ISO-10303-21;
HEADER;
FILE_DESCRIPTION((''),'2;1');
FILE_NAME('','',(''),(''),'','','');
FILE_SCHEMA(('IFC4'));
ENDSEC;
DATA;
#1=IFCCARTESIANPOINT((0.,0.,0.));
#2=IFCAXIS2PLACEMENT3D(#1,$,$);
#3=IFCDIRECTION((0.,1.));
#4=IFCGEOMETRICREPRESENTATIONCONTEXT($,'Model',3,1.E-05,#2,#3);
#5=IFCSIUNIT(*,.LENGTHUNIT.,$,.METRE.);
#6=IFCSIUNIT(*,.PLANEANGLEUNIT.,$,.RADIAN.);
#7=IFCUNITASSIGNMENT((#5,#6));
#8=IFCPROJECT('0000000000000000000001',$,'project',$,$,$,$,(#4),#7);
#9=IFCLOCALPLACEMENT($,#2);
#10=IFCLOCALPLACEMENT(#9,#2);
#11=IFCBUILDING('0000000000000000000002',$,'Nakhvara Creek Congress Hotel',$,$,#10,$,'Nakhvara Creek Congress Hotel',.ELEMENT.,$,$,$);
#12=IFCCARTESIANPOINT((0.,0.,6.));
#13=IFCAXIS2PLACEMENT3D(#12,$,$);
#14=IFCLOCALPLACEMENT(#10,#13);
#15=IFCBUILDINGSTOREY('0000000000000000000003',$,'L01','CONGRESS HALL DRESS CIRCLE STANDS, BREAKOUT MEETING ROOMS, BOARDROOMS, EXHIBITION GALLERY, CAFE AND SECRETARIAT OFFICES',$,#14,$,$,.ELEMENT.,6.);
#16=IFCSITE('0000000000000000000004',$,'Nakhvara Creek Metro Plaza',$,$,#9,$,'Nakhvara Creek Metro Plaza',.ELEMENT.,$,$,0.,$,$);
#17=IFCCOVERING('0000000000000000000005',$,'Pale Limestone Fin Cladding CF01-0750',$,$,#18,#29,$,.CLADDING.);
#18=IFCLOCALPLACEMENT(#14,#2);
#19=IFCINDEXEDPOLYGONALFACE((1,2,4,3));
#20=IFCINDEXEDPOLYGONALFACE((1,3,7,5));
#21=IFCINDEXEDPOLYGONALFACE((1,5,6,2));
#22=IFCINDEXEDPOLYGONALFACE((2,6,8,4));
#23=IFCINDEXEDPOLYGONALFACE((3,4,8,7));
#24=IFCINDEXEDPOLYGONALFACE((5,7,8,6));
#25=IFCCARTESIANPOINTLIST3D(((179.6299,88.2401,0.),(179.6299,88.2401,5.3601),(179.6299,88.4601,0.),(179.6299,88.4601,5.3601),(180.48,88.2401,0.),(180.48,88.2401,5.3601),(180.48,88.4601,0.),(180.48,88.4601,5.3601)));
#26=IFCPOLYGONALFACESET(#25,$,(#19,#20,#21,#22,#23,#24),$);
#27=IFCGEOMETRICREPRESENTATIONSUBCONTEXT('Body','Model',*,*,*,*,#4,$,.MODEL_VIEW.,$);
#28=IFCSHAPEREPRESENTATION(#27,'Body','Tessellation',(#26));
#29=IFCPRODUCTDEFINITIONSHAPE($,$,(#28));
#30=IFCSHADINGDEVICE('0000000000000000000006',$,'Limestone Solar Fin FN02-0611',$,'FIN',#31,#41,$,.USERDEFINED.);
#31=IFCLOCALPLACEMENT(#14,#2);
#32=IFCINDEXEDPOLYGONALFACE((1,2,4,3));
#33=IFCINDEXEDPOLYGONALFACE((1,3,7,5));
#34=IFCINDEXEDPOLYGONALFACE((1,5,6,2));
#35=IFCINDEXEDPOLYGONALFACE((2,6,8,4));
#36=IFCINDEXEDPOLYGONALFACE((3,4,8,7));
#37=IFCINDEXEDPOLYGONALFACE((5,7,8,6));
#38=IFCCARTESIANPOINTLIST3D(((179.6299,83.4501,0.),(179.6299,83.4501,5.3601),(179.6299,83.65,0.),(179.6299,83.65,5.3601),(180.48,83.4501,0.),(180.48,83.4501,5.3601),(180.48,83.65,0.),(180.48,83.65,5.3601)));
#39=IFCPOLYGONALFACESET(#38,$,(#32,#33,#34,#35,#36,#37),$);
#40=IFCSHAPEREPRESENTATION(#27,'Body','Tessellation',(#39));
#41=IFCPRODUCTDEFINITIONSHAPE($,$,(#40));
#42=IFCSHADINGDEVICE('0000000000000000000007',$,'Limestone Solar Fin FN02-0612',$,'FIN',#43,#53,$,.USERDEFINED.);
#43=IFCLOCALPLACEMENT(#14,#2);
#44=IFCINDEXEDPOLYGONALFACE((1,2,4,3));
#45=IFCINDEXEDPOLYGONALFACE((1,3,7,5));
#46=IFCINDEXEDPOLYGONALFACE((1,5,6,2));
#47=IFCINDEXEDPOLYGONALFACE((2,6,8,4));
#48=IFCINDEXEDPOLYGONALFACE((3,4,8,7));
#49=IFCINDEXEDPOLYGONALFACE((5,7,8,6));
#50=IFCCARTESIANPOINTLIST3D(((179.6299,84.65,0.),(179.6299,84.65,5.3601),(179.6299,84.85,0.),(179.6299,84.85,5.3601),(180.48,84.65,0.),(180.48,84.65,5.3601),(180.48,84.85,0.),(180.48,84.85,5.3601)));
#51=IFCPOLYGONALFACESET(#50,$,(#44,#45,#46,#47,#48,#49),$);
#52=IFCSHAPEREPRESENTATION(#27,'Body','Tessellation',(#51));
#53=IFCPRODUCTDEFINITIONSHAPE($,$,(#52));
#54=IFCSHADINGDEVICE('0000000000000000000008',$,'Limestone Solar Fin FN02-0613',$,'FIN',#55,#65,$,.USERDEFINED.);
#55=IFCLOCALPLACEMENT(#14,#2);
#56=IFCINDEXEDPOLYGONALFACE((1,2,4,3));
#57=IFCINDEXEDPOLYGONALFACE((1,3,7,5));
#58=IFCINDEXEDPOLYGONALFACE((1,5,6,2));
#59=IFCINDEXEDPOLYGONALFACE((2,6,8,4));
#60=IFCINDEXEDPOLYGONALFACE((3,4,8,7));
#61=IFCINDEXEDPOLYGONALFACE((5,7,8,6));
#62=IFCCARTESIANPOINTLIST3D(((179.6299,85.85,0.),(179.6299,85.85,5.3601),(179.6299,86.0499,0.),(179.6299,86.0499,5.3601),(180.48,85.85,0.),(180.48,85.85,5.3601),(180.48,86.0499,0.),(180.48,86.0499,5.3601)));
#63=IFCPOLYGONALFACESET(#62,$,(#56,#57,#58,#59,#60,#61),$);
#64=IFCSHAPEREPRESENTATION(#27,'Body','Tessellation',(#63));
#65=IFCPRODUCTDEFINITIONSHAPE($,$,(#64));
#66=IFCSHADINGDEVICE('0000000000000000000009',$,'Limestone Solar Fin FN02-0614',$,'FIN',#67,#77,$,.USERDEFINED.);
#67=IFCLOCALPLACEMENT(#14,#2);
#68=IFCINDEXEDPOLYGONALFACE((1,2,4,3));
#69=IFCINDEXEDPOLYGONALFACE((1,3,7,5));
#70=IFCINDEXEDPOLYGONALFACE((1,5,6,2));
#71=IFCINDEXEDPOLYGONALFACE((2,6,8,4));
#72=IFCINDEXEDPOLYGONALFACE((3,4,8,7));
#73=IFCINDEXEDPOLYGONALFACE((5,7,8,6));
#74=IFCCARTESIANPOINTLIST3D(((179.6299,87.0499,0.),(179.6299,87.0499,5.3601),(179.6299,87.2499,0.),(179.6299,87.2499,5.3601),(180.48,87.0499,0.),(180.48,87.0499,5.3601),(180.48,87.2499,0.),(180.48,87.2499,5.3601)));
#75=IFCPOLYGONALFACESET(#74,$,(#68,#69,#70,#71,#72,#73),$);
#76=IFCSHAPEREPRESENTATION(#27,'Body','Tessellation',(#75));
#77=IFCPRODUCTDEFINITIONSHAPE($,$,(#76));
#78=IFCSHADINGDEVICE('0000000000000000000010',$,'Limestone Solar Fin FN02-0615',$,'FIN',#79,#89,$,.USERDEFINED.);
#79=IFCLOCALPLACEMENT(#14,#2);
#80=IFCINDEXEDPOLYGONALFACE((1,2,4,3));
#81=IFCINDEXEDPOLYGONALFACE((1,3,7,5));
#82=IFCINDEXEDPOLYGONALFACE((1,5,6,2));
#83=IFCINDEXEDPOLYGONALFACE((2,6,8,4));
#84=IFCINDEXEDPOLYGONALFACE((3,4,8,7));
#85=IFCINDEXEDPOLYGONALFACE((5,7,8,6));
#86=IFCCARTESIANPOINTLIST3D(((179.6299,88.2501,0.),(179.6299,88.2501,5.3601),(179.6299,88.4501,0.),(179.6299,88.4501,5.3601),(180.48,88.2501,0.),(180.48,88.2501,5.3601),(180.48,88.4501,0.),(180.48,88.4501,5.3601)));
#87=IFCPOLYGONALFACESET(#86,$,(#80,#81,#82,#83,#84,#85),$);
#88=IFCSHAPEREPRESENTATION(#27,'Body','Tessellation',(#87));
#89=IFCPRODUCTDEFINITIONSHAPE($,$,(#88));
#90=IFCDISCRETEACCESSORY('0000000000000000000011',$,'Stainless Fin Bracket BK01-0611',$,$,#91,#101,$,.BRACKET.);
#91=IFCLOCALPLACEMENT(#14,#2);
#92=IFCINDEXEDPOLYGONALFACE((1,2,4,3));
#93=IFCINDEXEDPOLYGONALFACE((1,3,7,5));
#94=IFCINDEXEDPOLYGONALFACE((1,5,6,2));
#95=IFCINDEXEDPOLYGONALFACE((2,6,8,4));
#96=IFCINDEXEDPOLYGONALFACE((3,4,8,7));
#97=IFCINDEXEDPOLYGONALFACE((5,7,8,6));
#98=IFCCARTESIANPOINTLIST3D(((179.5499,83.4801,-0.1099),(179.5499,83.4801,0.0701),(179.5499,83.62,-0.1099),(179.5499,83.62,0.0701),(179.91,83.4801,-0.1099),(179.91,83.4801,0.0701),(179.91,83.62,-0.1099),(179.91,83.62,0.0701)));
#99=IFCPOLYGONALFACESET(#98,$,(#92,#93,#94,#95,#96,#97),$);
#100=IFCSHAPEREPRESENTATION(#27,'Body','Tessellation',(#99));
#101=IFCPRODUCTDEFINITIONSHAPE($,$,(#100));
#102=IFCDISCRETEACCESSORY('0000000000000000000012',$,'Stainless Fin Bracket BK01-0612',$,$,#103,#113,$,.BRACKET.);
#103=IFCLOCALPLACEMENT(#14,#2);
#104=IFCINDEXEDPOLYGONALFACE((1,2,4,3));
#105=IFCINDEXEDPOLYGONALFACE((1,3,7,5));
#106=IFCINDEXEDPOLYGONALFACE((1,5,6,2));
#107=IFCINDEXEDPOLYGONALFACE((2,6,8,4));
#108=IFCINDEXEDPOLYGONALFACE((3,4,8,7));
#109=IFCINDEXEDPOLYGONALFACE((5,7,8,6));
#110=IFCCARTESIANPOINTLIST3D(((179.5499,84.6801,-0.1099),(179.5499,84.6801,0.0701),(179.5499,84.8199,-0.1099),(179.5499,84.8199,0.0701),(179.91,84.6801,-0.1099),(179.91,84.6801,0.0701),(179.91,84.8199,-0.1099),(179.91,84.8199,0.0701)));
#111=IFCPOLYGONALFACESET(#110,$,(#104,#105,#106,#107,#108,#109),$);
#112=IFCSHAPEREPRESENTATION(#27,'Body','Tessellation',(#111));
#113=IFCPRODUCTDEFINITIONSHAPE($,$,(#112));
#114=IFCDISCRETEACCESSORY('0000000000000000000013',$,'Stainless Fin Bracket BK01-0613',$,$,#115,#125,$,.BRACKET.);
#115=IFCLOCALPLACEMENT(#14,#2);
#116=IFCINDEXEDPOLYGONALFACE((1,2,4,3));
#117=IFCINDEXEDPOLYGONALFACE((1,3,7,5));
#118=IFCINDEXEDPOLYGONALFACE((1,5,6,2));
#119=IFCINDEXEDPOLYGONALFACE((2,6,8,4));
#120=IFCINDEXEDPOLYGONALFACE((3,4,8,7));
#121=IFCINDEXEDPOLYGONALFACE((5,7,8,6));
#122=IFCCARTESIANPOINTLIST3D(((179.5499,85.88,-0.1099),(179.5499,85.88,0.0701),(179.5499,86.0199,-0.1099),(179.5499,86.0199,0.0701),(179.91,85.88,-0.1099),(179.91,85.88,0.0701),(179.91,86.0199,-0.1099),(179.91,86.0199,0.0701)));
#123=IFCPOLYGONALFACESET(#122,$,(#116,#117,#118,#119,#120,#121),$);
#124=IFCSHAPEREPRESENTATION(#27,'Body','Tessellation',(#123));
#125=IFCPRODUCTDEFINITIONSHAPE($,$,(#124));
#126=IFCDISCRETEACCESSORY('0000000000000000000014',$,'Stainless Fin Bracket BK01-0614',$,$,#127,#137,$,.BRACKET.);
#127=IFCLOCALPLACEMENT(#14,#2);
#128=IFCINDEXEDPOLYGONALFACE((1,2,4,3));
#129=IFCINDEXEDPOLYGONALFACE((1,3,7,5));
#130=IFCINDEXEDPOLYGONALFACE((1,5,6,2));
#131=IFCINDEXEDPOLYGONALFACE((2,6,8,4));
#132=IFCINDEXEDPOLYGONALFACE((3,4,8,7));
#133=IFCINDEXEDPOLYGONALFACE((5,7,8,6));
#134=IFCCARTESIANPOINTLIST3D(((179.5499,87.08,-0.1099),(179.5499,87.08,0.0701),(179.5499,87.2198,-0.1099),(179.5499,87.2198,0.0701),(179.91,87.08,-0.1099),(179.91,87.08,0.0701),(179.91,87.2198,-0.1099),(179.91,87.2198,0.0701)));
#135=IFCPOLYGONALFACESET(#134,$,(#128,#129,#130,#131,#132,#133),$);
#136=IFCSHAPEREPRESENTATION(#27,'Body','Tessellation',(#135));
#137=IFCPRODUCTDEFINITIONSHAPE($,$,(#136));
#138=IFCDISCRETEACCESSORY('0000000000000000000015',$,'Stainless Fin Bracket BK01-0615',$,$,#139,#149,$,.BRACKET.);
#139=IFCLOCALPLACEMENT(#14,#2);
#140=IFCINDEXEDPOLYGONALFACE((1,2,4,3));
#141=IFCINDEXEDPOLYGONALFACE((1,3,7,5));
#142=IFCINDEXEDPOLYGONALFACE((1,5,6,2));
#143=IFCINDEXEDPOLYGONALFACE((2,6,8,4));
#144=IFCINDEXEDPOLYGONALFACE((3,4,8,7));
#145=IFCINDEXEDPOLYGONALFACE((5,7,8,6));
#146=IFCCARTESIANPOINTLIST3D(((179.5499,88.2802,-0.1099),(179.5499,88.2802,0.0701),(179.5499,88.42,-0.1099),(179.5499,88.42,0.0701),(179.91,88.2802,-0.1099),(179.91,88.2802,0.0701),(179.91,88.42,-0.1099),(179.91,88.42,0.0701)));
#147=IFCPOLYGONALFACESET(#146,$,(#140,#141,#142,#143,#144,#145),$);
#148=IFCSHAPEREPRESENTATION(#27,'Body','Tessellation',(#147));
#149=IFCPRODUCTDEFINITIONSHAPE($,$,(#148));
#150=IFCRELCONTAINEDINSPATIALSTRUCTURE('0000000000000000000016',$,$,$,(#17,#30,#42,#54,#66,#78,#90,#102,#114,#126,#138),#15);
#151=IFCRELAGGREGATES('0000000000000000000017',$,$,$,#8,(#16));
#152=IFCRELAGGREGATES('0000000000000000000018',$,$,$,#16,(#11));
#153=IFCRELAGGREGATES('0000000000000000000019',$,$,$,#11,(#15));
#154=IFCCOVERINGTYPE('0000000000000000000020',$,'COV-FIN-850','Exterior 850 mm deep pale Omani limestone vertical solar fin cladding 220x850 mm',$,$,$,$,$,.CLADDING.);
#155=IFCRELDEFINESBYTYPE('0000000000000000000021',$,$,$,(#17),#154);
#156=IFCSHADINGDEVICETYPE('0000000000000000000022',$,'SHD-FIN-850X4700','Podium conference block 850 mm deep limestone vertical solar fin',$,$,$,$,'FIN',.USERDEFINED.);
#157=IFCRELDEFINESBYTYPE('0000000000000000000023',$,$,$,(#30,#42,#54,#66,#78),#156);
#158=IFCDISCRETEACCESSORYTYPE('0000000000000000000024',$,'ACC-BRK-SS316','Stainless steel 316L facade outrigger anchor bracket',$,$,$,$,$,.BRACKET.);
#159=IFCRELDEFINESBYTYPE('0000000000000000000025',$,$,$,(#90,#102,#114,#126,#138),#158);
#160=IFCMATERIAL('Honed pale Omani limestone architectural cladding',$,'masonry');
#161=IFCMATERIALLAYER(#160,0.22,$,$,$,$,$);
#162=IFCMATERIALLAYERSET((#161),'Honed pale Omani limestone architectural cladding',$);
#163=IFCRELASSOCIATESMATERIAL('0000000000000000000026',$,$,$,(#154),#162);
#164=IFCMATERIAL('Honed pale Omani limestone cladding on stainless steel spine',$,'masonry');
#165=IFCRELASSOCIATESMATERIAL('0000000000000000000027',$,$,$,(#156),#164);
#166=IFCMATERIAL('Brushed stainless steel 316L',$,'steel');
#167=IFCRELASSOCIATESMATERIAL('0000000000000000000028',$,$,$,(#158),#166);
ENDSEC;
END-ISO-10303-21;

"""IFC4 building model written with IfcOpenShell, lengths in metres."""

from ifc_helpers import new_model, si_unit, direction, frame, origin, origin_2d, place, context, subcontext, project, spatial, rectangle, extrude, material, layer, layer_set, type_object, element, save


model = new_model("IFC4")

# Units and contexts
model_context = context("Model", 3, precision=1e-05, world=origin(), true_north=direction((0.0, 1.0)))
body_context = subcontext(model_context, "Body", "Model", "MODEL_VIEW")
ifc_project = project(units=[si_unit("LENGTHUNIT", "METRE"), si_unit("PLANEANGLEUNIT", "RADIAN")], contexts=[model_context])

# Site, building, storey
site_placement = place(None, origin())
site = spatial("IfcSite", under=ifc_project, at=site_placement, Name="Nakhvara Creek Metro Plaza", LongName="Nakhvara Creek Metro Plaza", CompositionType="ELEMENT", RefElevation=0.0)
building_placement = place(site_placement, origin())
building = spatial("IfcBuilding", under=site, at=building_placement, Name="Nakhvara Creek Congress Hotel", LongName="Nakhvara Creek Congress Hotel", CompositionType="ELEMENT")
storey_placement = place(building_placement, frame((0.0, 0.0, 6.0)))
storey = spatial("IfcBuildingStorey", under=building, at=storey_placement, Name="L01", Description="CONGRESS HALL DRESS CIRCLE STANDS, BREAKOUT MEETING ROOMS, BOARDROOMS, EXHIBITION GALLERY, CAFE AND SECRETARIAT OFFICES", CompositionType="ELEMENT", Elevation=6.0)

# Covering
ifc_material_1 = material(Name="Honed pale Omani limestone architectural cladding", Category="masonry")
ifc_layer_1 = layer(ifc_material_1, 0.22)
ifc_layer_set_1 = layer_set([ifc_layer_1], Name="Honed pale Omani limestone architectural cladding")
covering_type = type_object("IfcCoveringType", Name="COV-FIN-850", Description="Exterior 850 mm deep pale Omani limestone vertical solar fin cladding 220x850 mm", PredefinedType="CLADDING", material=ifc_layer_set_1)
for number, where, z_axis, x_axis, name in (
    (1, (180.0549, 88.3501, 0.0), (0.0, 0.0, 1.0), (0.0, 1.0, 0.0), "Pale Limestone Fin Cladding CF01-0750"),
):
    element("IfcCovering", number, at=place(storey_placement, frame(where, z_axis=z_axis, x_axis=x_axis)), inside=storey, type_object=covering_type, Name=name, PredefinedType="CLADDING", context=body_context, shape_type="SweptSolid", body=[
        extrude(rectangle(XDim=0.22, YDim=0.8501, at=origin_2d()), origin(), (0.0, 0.0, 1.0), 5.3601),
    ])

# Shading devices
ifc_material_2 = material(Name="Honed pale Omani limestone cladding on stainless steel spine", Category="masonry")
shading_device_type = type_object("IfcShadingDeviceType", Name="SHD-FIN-850X4700", Description="Podium conference block 850 mm deep limestone vertical solar fin", ElementType="FIN", PredefinedType="USERDEFINED", material=ifc_material_2)
for number, where, z_axis, x_axis, name in (
    (2, (180.0549, 83.55, 0.0), (0.0, 0.0, 1.0), (0.0, 1.0, 0.0), "Limestone Solar Fin FN02-0611"),
    (3, (180.0549, 84.75, 0.0), (0.0, 0.0, 1.0), (0.0, 1.0, 0.0), "Limestone Solar Fin FN02-0612"),
    (4, (180.0549, 85.95, 0.0), (0.0, 0.0, 1.0), (0.0, 1.0, 0.0), "Limestone Solar Fin FN02-0613"),
    (5, (180.0549, 87.1499, 0.0), (0.0, 0.0, 1.0), (0.0, 1.0, 0.0), "Limestone Solar Fin FN02-0614"),
    (6, (180.0549, 88.3501, 0.0), (0.0, 0.0, 1.0), (0.0, 1.0, 0.0), "Limestone Solar Fin FN02-0615"),
):
    element("IfcShadingDevice", number, at=place(storey_placement, frame(where, z_axis=z_axis, x_axis=x_axis)), inside=storey, type_object=shading_device_type, Name=name, ObjectType="FIN", PredefinedType="USERDEFINED", context=body_context, shape_type="SweptSolid", body=[
        extrude(rectangle(XDim=0.2, YDim=0.8501, at=origin_2d()), origin(), (0.0, 0.0, 1.0), 5.3601),
    ])

# Discrete accessories
ifc_material_3 = material(Name="Brushed stainless steel 316L", Category="steel")
discrete_accessory_type = type_object("IfcDiscreteAccessoryType", Name="ACC-BRK-SS316", Description="Stainless steel 316L facade outrigger anchor bracket", PredefinedType="BRACKET", material=ifc_material_3)
for number, where, z_axis, x_axis, name in (
    (7, (179.73, 83.55, -0.1099), (0.0, 0.0, 1.0), (0.0, 1.0, 0.0), "Stainless Fin Bracket BK01-0611"),
    (8, (179.73, 84.75, -0.1099), (0.0, 0.0, 1.0), (0.0, 1.0, 0.0), "Stainless Fin Bracket BK01-0612"),
    (9, (179.73, 85.95, -0.1099), (0.0, 0.0, 1.0), (0.0, 1.0, 0.0), "Stainless Fin Bracket BK01-0613"),
    (10, (179.73, 87.1499, -0.1099), (0.0, 0.0, 1.0), (0.0, 1.0, 0.0), "Stainless Fin Bracket BK01-0614"),
    (11, (179.73, 88.3501, -0.1099), (0.0, 0.0, 1.0), (0.0, 1.0, 0.0), "Stainless Fin Bracket BK01-0615"),
):
    element("IfcDiscreteAccessory", number, at=place(storey_placement, frame(where, z_axis=z_axis, x_axis=x_axis)), inside=storey, type_object=discrete_accessory_type, Name=name, PredefinedType="BRACKET", context=body_context, shape_type="SweptSolid", body=[
        extrude(rectangle(XDim=0.1399, YDim=0.3601, at=origin_2d()), origin(), (0.0, 0.0, 1.0), 0.1799),
    ])

save(model, "model.ifc")
